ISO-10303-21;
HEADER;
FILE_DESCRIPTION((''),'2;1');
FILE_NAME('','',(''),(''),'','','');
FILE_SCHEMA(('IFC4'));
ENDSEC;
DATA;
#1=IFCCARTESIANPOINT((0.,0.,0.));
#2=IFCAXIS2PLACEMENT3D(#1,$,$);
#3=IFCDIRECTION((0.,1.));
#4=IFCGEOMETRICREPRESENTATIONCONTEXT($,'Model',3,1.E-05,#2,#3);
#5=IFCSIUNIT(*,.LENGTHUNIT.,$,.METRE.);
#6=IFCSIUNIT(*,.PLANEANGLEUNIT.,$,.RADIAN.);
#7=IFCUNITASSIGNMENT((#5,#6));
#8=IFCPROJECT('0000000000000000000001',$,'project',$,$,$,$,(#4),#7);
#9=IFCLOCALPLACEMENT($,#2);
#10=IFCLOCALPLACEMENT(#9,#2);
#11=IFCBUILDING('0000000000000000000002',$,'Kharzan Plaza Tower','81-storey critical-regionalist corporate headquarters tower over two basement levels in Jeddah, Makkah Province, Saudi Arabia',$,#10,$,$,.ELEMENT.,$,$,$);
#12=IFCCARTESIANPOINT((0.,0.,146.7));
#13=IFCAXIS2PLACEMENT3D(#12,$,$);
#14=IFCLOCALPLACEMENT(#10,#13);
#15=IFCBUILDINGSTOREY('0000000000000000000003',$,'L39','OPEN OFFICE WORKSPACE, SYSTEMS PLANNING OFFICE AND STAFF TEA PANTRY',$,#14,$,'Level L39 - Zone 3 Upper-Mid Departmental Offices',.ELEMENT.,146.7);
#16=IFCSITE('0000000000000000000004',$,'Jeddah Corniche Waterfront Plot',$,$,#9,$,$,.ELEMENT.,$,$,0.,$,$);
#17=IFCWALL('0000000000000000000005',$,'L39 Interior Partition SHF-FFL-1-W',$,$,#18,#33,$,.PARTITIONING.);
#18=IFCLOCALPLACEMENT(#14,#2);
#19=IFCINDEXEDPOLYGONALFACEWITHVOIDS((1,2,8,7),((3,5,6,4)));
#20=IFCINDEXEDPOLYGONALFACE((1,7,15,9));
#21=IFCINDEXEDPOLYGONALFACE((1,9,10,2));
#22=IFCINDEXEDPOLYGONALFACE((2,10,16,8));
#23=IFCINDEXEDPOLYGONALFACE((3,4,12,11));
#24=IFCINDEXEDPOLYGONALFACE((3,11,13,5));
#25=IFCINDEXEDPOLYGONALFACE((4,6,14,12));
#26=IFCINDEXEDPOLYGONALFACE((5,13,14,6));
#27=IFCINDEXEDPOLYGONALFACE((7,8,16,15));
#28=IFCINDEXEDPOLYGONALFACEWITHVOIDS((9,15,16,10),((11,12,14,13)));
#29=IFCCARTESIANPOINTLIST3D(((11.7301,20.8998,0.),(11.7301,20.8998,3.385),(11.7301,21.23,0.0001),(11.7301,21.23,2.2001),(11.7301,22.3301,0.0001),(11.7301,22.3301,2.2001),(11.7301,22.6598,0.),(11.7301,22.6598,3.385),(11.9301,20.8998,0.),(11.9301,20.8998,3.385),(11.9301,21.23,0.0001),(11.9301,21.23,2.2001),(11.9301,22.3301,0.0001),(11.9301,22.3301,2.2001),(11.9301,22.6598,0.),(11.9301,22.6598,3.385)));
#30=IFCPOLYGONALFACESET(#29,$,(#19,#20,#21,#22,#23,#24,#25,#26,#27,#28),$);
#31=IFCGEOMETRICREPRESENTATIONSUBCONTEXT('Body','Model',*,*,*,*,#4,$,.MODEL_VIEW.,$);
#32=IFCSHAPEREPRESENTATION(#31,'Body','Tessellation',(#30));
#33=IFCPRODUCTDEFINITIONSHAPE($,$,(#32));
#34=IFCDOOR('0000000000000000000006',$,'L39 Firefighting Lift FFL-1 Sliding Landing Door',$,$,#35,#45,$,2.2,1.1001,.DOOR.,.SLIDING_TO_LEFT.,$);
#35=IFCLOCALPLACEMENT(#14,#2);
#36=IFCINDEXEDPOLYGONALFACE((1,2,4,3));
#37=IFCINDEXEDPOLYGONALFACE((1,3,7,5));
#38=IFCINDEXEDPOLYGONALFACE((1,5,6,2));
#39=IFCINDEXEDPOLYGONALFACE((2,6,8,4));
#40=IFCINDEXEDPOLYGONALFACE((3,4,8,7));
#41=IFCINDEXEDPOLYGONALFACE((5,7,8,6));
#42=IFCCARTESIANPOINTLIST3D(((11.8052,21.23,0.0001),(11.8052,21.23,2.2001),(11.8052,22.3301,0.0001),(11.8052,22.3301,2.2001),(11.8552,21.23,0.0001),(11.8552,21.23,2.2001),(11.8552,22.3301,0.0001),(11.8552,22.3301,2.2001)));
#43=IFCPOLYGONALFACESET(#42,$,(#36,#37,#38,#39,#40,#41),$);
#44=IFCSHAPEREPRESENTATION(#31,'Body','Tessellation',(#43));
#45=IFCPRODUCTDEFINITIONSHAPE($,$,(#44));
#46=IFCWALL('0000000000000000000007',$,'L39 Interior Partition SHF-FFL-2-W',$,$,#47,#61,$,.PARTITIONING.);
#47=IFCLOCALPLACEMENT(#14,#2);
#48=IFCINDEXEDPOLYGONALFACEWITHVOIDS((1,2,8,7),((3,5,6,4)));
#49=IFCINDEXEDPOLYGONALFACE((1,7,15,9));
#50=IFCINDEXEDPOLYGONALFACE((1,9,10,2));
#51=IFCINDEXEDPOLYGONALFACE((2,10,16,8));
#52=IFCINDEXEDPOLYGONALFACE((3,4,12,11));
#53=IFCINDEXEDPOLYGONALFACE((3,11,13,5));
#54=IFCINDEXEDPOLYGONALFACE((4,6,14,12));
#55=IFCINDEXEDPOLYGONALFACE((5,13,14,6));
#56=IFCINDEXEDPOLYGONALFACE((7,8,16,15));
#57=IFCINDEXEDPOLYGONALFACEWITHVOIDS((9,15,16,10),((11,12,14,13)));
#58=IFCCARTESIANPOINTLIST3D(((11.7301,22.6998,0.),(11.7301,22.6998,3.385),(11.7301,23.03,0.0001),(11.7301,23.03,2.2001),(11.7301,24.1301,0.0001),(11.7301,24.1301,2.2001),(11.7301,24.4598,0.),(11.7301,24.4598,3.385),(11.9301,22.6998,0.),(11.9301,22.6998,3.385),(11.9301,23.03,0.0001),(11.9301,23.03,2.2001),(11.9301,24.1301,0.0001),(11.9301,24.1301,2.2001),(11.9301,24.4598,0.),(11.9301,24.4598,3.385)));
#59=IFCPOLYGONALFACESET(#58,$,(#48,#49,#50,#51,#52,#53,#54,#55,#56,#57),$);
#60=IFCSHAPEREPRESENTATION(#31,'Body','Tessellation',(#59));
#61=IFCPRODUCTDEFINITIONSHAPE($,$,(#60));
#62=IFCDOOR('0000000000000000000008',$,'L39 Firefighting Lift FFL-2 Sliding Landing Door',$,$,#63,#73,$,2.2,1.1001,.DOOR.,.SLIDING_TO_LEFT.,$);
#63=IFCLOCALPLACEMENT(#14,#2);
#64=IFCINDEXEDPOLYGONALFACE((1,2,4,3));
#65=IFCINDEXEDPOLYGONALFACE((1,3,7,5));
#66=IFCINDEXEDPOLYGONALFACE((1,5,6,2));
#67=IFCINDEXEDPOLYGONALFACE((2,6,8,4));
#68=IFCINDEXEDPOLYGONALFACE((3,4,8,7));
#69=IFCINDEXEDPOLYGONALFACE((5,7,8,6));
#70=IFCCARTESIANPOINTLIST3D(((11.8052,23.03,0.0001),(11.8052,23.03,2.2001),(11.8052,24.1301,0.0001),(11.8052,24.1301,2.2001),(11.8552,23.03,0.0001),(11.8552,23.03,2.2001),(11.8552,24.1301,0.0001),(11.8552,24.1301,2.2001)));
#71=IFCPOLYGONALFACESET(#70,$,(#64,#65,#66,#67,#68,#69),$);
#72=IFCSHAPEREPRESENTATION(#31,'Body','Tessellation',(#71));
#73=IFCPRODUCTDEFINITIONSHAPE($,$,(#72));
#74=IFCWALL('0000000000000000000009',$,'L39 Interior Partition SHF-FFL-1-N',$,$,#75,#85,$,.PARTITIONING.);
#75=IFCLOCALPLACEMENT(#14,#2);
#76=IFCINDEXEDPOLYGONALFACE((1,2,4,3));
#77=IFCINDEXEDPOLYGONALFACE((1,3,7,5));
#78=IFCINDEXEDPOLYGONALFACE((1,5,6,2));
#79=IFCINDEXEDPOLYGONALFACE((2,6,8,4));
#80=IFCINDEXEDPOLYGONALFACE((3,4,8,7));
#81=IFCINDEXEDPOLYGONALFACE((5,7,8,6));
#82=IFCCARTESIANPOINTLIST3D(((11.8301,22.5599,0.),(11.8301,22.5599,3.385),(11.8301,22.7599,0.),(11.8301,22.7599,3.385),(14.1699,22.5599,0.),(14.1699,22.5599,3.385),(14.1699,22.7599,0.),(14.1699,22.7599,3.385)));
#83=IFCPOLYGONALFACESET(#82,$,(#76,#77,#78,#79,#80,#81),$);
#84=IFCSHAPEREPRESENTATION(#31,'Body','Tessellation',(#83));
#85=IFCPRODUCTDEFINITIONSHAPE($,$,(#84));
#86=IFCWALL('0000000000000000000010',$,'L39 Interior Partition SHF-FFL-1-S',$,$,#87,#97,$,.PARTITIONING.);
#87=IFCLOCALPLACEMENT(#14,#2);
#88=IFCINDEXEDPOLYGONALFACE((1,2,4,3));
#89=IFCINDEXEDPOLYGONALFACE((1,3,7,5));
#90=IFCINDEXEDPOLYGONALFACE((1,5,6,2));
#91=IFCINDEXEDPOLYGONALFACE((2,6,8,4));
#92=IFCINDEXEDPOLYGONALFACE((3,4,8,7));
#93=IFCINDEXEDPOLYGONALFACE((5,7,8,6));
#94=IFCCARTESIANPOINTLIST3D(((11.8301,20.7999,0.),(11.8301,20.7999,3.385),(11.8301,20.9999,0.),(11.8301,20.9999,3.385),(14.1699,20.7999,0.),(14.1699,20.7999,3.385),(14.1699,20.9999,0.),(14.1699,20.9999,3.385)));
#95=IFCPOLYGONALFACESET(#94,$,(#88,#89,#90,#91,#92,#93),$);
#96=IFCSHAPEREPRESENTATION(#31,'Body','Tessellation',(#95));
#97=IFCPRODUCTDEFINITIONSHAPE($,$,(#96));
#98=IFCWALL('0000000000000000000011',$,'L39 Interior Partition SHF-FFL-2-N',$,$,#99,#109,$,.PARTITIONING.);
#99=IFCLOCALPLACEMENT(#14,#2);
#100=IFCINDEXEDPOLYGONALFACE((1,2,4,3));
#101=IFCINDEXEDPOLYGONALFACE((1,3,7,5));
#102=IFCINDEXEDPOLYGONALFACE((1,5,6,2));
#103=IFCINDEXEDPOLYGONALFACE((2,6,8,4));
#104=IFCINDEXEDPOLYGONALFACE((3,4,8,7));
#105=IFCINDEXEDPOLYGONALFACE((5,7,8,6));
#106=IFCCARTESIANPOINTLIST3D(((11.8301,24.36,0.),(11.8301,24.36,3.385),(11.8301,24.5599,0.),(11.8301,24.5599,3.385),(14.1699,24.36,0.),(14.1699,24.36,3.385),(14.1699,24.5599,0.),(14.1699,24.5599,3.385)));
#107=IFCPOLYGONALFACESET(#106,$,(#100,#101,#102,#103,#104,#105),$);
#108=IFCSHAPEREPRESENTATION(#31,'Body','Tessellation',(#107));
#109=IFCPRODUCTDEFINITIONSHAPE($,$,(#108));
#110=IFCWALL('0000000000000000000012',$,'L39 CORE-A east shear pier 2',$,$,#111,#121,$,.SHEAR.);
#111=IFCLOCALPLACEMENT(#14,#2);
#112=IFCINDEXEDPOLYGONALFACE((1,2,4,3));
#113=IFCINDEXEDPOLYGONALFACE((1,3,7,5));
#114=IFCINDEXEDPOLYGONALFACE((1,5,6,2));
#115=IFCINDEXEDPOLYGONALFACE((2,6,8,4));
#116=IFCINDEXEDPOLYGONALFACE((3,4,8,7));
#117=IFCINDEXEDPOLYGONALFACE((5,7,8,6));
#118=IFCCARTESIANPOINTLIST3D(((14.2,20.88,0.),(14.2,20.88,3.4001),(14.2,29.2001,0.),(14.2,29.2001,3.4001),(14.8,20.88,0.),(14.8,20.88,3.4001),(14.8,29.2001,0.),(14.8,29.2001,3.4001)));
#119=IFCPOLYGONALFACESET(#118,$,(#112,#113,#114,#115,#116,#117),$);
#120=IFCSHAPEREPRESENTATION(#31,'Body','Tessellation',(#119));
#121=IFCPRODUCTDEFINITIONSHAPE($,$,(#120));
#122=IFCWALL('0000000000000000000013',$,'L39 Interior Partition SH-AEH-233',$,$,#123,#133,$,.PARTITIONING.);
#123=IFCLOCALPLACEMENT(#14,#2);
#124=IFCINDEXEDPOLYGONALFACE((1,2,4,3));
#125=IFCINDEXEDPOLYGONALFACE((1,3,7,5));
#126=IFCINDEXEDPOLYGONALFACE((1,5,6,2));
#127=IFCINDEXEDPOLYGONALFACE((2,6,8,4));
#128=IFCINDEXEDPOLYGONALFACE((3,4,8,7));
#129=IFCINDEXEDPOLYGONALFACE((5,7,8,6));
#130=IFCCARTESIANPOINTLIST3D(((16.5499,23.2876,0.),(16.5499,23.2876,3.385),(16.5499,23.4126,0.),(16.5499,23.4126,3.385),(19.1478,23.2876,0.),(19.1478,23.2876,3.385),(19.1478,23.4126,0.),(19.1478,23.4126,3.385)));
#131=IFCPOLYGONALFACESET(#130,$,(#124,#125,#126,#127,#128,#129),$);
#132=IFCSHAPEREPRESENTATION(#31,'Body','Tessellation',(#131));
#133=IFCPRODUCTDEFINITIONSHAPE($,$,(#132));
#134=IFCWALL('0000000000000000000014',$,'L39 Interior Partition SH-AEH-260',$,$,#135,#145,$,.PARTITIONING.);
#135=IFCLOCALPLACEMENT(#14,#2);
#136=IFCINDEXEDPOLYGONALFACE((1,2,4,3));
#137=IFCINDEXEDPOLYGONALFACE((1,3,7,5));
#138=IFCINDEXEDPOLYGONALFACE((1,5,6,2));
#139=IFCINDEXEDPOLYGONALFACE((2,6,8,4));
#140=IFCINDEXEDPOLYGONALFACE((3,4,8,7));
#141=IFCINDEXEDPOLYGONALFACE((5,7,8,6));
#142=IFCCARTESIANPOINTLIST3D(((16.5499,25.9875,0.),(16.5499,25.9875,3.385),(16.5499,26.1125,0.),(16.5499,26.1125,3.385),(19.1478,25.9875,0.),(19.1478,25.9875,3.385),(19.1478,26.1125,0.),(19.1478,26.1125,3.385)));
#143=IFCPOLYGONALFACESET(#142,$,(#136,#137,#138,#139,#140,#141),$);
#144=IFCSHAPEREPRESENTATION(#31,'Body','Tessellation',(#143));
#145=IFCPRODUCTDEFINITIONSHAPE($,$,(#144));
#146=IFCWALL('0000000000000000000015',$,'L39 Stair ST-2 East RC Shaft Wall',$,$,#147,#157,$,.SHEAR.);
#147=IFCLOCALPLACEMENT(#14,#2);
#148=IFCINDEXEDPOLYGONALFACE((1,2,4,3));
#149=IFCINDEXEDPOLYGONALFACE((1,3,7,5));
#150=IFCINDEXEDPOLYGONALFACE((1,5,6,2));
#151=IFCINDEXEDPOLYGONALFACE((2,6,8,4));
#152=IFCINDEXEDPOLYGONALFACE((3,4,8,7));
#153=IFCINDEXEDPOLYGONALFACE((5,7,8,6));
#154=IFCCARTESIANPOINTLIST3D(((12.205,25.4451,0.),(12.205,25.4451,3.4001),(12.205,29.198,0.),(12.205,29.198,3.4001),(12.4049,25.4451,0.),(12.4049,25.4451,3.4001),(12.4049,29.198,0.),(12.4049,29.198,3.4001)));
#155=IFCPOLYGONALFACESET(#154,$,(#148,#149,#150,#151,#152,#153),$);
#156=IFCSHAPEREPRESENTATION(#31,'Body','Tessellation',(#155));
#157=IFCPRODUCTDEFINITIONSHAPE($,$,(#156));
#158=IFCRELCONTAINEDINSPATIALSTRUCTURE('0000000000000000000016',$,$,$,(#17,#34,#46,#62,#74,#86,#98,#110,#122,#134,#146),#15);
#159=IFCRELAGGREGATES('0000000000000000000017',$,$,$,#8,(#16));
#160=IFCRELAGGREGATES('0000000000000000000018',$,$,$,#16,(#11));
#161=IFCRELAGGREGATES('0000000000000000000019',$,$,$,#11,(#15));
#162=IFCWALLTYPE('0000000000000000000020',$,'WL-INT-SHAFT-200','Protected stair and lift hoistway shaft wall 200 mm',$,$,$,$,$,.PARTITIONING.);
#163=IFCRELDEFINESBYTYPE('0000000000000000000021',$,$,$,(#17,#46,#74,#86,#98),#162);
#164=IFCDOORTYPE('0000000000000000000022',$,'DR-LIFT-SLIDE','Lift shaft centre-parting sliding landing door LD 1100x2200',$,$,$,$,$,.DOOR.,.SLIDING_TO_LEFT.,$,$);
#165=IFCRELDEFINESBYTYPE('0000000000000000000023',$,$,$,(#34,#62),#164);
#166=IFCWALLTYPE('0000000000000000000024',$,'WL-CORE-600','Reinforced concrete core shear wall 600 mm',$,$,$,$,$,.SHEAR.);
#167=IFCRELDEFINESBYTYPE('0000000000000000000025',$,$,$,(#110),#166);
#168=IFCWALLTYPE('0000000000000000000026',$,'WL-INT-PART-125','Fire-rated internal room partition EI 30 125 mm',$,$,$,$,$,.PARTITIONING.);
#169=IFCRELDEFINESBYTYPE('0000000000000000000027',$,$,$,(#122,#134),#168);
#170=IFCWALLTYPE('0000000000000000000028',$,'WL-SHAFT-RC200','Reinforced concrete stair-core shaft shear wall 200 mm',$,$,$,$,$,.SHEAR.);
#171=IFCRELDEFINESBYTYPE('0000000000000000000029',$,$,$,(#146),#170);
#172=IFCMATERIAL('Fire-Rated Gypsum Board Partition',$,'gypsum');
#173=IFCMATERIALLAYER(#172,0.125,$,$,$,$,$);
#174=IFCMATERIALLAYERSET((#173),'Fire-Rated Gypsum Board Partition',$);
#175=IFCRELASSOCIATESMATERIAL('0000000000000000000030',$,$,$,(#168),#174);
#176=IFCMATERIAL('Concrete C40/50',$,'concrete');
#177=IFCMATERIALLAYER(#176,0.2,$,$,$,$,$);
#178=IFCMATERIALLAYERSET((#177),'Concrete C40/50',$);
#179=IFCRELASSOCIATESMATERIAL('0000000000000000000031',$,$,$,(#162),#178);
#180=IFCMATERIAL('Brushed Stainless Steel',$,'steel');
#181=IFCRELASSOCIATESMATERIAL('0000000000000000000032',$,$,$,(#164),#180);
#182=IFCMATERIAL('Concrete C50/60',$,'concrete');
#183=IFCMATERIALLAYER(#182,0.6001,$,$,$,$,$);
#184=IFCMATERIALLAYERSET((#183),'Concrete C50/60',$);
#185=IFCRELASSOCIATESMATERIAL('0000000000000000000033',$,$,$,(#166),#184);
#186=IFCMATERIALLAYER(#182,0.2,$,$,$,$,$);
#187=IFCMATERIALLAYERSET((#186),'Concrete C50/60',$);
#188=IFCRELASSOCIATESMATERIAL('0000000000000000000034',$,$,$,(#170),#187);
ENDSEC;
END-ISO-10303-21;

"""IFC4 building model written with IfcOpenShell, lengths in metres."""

from ifc_helpers import new_model, si_unit, direction, frame, frame_2d, origin, place, context, subcontext, project, spatial, rectangle, extrude, source, transform, mapped, material, layer, layer_set, type_object, element, fill, save


model = new_model("IFC4")

# Units and contexts
model_context = context("Model", 3, precision=1e-05, world=origin(), true_north=direction((0.0, 1.0)))
body_context = subcontext(model_context, "Body", "Model", "MODEL_VIEW")
ifc_project = project(units=[si_unit("LENGTHUNIT", "METRE"), si_unit("PLANEANGLEUNIT", "RADIAN")], contexts=[model_context])

# Site, building, storey
site_placement = place(None, origin())
site = spatial("IfcSite", under=ifc_project, at=site_placement, Name="Jeddah Corniche Waterfront Plot", CompositionType="ELEMENT", RefElevation=0.0)
building_placement = place(site_placement, origin())
building = spatial("IfcBuilding", under=site, at=building_placement, Name="Kharzan Plaza Tower", Description="81-storey critical-regionalist corporate headquarters tower over two basement levels in Jeddah, Makkah Province, Saudi Arabia", CompositionType="ELEMENT")
storey_placement = place(building_placement, frame((0.0, 0.0, 146.7)))
storey = spatial("IfcBuildingStorey", under=building, at=storey_placement, Name="L39", Description="OPEN OFFICE WORKSPACE, SYSTEMS PLANNING OFFICE AND STAFF TEA PANTRY", LongName="Level L39 - Zone 3 Upper-Mid Departmental Offices", CompositionType="ELEMENT", Elevation=146.7)

# Walls, openings, doors
ifc_material_1 = material(Name="Concrete C40/50", Category="concrete")
ifc_material_2 = material(Name="Fire-Rated Gypsum Board Partition", Category="gypsum")
ifc_layer_1 = layer(ifc_material_2, 0.125)
ifc_layer_set_1 = layer_set([ifc_layer_1], Name="Fire-Rated Gypsum Board Partition")
wall_type_1 = type_object("IfcWallType", Name="WL-INT-PART-125", Description="Fire-rated internal room partition EI 30 125 mm", PredefinedType="PARTITIONING", material=ifc_layer_set_1)
ifc_layer_2 = layer(ifc_material_1, 0.2)
ifc_layer_set_2 = layer_set([ifc_layer_2], Name="Concrete C40/50")
wall_type_2 = type_object("IfcWallType", Name="WL-INT-SHAFT-200", Description="Protected stair and lift hoistway shaft wall 200 mm", PredefinedType="PARTITIONING", material=ifc_layer_set_2)
wall_1_placement = place(storey_placement, frame((11.8301, 20.8999, 0.0), z_axis=(0.0, 0.0, 1.0), x_axis=(0.0, 1.0, 0.0)))
wall_1 = element("IfcWall", 1, at=wall_1_placement, inside=storey, type_object=wall_type_2, Name="L39 Interior Partition SHF-FFL-1-W", PredefinedType="PARTITIONING", context=body_context, shape_type="SweptSolid", body=[
    extrude(rectangle(XDim=1.76, YDim=0.2, at=frame_2d((0.8799, 0.0))), origin(), (0.0, 0.0, 1.0), 3.385),
])
opening_1_placement = place(wall_1_placement, frame((0.3301, 0.0, 0.0)))
opening_1 = element("IfcOpeningElement", 2, at=opening_1_placement, cuts=wall_1, PredefinedType="OPENING", context=body_context, shape_type="SweptSolid", body=[
    extrude(rectangle(XDim=1.1001, YDim=2.2, at=frame_2d((0.55, 1.1001))), frame((0.0, 0.1099, 0.0), z_axis=(0.0, -1.0, 0.0), x_axis=(1.0, 0.0, 0.0)), (0.0, 0.0, 1.0), 0.22),
])
ifc_material_3 = material(Name="Brushed Stainless Steel", Category="steel")
door_type_1 = type_object("IfcDoorType", Name="DR-LIFT-SLIDE", Description="Lift shaft centre-parting sliding landing door LD 1100x2200", OperationType="SLIDING_TO_LEFT", PredefinedType="DOOR", material=ifc_material_3)
shared_shape_1 = source(origin(), body_context, "Body", "SweptSolid", [
    extrude(rectangle(XDim=1.1001, YDim=2.2, at=frame_2d((0.55, 1.1001))), frame((0.0, 0.0249, 0.0), z_axis=(0.0, -1.0, 0.0), x_axis=(1.0, 0.0, 0.0)), (0.0, 0.0, 1.0), 0.05),
])
door_1_placement = place(opening_1_placement, origin())
door_1 = element("IfcDoor", 3, at=door_1_placement, inside=storey, type_object=door_type_1, Name="L39 Firefighting Lift FFL-1 Sliding Landing Door", OperationType="SLIDING_TO_LEFT", OverallHeight=2.2, OverallWidth=1.1001, PredefinedType="DOOR", context=body_context, shape_type="MappedRepresentation", body=[
    mapped(shared_shape_1, transform((0.0, 0.0, 0.0), x_axis=(1.0, 0.0, 0.0), y_axis=(0.0, 1.0, 0.0), z_axis=(0.0, 0.0, 1.0))),
])
fill(opening_1, door_1)
wall_2_placement = place(storey_placement, frame((11.8301, 22.7, 0.0), z_axis=(0.0, 0.0, 1.0), x_axis=(0.0, 1.0, 0.0)))
wall_2 = element("IfcWall", 4, at=wall_2_placement, inside=storey, type_object=wall_type_2, Name="L39 Interior Partition SHF-FFL-2-W", PredefinedType="PARTITIONING", context=body_context, shape_type="SweptSolid", body=[
    extrude(rectangle(XDim=1.76, YDim=0.2, at=frame_2d((0.8799, 0.0))), origin(), (0.0, 0.0, 1.0), 3.385),
])
opening_2_placement = place(wall_2_placement, frame((0.3301, 0.0, 0.0)))
opening_2 = element("IfcOpeningElement", 5, at=opening_2_placement, cuts=wall_2, PredefinedType="OPENING", context=body_context, shape_type="SweptSolid", body=[
    extrude(rectangle(XDim=1.1001, YDim=2.2, at=frame_2d((0.55, 1.1001))), frame((0.0, 0.1099, 0.0), z_axis=(0.0, -1.0, 0.0), x_axis=(1.0, 0.0, 0.0)), (0.0, 0.0, 1.0), 0.22),
])
door_2_placement = place(opening_2_placement, origin())
door_2 = element("IfcDoor", 6, at=door_2_placement, inside=storey, type_object=door_type_1, Name="L39 Firefighting Lift FFL-2 Sliding Landing Door", OperationType="SLIDING_TO_LEFT", OverallHeight=2.2, OverallWidth=1.1001, PredefinedType="DOOR", context=body_context, shape_type="MappedRepresentation", body=[
    mapped(shared_shape_1, transform((0.0, 0.0, 0.0), x_axis=(1.0, 0.0, 0.0), y_axis=(0.0, 1.0, 0.0), z_axis=(0.0, 0.0, 1.0))),
])
fill(opening_2, door_2)

# Walls
shared_shape_2 = source(origin(), body_context, "Body", "SweptSolid", [
    extrude(rectangle(XDim=2.3398, YDim=0.2, at=frame_2d((1.1699, 0.0))), origin(), (0.0, 0.0, 1.0), 3.385),
])
for number, where, z_axis, x_axis, name in (
    (7, (11.8301, 22.6599, 0.0), (0.0, 0.0, 1.0), (1.0, 0.0, 0.0), "L39 Interior Partition SHF-FFL-1-N"),
    (8, (11.8301, 20.8999, 0.0), (0.0, 0.0, 1.0), (1.0, 0.0, 0.0), "L39 Interior Partition SHF-FFL-1-S"),
    (9, (11.8301, 24.46, 0.0), (0.0, 0.0, 1.0), (1.0, 0.0, 0.0), "L39 Interior Partition SHF-FFL-2-N"),
):
    element("IfcWall", number, at=place(storey_placement, frame(where, z_axis=z_axis, x_axis=x_axis)), inside=storey, type_object=wall_type_2, Name=name, PredefinedType="PARTITIONING", context=body_context, shape_type="MappedRepresentation", body=[
        mapped(shared_shape_2, transform((0.0, 0.0, 0.0), x_axis=(1.0, 0.0, 0.0), y_axis=(0.0, 1.0, 0.0), z_axis=(0.0, 0.0, 1.0))),
    ])
ifc_material_4 = material(Name="Concrete C50/60", Category="concrete")
ifc_layer_3 = layer(ifc_material_4, 0.6001)
ifc_layer_set_3 = layer_set([ifc_layer_3], Name="Concrete C50/60")
wall_type_3 = type_object("IfcWallType", Name="WL-CORE-600", Description="Reinforced concrete core shear wall 600 mm", PredefinedType="SHEAR", material=ifc_layer_set_3)
shared_shape_3 = source(origin(), body_context, "Body", "SweptSolid", [
    extrude(rectangle(XDim=8.3201, YDim=0.6001, at=frame_2d((4.1602, 0.0))), origin(), (0.0, 0.0, 1.0), 3.4001),
])
wall_3_placement = place(storey_placement, frame((14.5, 20.8799, 0.0), z_axis=(0.0, 0.0, 1.0), x_axis=(0.0, 1.0, 0.0)))
element("IfcWall", 10, at=wall_3_placement, inside=storey, type_object=wall_type_3, Name="L39 CORE-A east shear pier 2", PredefinedType="SHEAR", context=body_context, shape_type="MappedRepresentation", body=[
    mapped(shared_shape_3, transform((0.0, 0.0, 0.0), x_axis=(1.0, 0.0, 0.0), y_axis=(0.0, 1.0, 0.0), z_axis=(0.0, 0.0, 1.0))),
])
shared_shape_4 = source(origin(), body_context, "Body", "SweptSolid", [
    extrude(rectangle(XDim=2.5979, YDim=0.125, at=frame_2d((1.2988, 0.0))), origin(), (0.0, 0.0, 1.0), 3.385),
])
for number, where, z_axis, x_axis, name in (
    (11, (16.55, 23.3501, 0.0), (0.0, 0.0, 1.0), (1.0, 0.0, 0.0), "L39 Interior Partition SH-AEH-233"),
    (12, (16.55, 26.05, 0.0), (0.0, 0.0, 1.0), (1.0, 0.0, 0.0), "L39 Interior Partition SH-AEH-260"),
):
    element("IfcWall", number, at=place(storey_placement, frame(where, z_axis=z_axis, x_axis=x_axis)), inside=storey, type_object=wall_type_1, Name=name, PredefinedType="PARTITIONING", context=body_context, shape_type="MappedRepresentation", body=[
        mapped(shared_shape_4, transform((0.0, 0.0, 0.0), x_axis=(1.0, 0.0, 0.0), y_axis=(0.0, 1.0, 0.0), z_axis=(0.0, 0.0, 1.0))),
    ])
ifc_layer_4 = layer(ifc_material_4, 0.2)
ifc_layer_set_4 = layer_set([ifc_layer_4], Name="Concrete C50/60")
wall_type_4 = type_object("IfcWallType", Name="WL-SHAFT-RC200", Description="Reinforced concrete stair-core shaft shear wall 200 mm", PredefinedType="SHEAR", material=ifc_layer_set_4)
shared_shape_5 = source(origin(), body_context, "Body", "SweptSolid", [
    extrude(rectangle(XDim=3.7529, YDim=0.2, at=frame_2d((1.8765, 0.0))), origin(), (0.0, 0.0, 1.0), 3.4001),
])
wall_4_placement = place(storey_placement, frame((12.3049, 25.4451, 0.0), z_axis=(0.0, 0.0, 1.0), x_axis=(0.0, 1.0, 0.0)))
element("IfcWall", 13, at=wall_4_placement, inside=storey, type_object=wall_type_4, Name="L39 Stair ST-2 East RC Shaft Wall", PredefinedType="SHEAR", context=body_context, shape_type="MappedRepresentation", body=[
    mapped(shared_shape_5, transform((0.0, 0.0, 0.0), x_axis=(1.0, 0.0, 0.0), y_axis=(0.0, 1.0, 0.0), z_axis=(0.0, 0.0, 1.0))),
])

save(model, "model.ifc")
